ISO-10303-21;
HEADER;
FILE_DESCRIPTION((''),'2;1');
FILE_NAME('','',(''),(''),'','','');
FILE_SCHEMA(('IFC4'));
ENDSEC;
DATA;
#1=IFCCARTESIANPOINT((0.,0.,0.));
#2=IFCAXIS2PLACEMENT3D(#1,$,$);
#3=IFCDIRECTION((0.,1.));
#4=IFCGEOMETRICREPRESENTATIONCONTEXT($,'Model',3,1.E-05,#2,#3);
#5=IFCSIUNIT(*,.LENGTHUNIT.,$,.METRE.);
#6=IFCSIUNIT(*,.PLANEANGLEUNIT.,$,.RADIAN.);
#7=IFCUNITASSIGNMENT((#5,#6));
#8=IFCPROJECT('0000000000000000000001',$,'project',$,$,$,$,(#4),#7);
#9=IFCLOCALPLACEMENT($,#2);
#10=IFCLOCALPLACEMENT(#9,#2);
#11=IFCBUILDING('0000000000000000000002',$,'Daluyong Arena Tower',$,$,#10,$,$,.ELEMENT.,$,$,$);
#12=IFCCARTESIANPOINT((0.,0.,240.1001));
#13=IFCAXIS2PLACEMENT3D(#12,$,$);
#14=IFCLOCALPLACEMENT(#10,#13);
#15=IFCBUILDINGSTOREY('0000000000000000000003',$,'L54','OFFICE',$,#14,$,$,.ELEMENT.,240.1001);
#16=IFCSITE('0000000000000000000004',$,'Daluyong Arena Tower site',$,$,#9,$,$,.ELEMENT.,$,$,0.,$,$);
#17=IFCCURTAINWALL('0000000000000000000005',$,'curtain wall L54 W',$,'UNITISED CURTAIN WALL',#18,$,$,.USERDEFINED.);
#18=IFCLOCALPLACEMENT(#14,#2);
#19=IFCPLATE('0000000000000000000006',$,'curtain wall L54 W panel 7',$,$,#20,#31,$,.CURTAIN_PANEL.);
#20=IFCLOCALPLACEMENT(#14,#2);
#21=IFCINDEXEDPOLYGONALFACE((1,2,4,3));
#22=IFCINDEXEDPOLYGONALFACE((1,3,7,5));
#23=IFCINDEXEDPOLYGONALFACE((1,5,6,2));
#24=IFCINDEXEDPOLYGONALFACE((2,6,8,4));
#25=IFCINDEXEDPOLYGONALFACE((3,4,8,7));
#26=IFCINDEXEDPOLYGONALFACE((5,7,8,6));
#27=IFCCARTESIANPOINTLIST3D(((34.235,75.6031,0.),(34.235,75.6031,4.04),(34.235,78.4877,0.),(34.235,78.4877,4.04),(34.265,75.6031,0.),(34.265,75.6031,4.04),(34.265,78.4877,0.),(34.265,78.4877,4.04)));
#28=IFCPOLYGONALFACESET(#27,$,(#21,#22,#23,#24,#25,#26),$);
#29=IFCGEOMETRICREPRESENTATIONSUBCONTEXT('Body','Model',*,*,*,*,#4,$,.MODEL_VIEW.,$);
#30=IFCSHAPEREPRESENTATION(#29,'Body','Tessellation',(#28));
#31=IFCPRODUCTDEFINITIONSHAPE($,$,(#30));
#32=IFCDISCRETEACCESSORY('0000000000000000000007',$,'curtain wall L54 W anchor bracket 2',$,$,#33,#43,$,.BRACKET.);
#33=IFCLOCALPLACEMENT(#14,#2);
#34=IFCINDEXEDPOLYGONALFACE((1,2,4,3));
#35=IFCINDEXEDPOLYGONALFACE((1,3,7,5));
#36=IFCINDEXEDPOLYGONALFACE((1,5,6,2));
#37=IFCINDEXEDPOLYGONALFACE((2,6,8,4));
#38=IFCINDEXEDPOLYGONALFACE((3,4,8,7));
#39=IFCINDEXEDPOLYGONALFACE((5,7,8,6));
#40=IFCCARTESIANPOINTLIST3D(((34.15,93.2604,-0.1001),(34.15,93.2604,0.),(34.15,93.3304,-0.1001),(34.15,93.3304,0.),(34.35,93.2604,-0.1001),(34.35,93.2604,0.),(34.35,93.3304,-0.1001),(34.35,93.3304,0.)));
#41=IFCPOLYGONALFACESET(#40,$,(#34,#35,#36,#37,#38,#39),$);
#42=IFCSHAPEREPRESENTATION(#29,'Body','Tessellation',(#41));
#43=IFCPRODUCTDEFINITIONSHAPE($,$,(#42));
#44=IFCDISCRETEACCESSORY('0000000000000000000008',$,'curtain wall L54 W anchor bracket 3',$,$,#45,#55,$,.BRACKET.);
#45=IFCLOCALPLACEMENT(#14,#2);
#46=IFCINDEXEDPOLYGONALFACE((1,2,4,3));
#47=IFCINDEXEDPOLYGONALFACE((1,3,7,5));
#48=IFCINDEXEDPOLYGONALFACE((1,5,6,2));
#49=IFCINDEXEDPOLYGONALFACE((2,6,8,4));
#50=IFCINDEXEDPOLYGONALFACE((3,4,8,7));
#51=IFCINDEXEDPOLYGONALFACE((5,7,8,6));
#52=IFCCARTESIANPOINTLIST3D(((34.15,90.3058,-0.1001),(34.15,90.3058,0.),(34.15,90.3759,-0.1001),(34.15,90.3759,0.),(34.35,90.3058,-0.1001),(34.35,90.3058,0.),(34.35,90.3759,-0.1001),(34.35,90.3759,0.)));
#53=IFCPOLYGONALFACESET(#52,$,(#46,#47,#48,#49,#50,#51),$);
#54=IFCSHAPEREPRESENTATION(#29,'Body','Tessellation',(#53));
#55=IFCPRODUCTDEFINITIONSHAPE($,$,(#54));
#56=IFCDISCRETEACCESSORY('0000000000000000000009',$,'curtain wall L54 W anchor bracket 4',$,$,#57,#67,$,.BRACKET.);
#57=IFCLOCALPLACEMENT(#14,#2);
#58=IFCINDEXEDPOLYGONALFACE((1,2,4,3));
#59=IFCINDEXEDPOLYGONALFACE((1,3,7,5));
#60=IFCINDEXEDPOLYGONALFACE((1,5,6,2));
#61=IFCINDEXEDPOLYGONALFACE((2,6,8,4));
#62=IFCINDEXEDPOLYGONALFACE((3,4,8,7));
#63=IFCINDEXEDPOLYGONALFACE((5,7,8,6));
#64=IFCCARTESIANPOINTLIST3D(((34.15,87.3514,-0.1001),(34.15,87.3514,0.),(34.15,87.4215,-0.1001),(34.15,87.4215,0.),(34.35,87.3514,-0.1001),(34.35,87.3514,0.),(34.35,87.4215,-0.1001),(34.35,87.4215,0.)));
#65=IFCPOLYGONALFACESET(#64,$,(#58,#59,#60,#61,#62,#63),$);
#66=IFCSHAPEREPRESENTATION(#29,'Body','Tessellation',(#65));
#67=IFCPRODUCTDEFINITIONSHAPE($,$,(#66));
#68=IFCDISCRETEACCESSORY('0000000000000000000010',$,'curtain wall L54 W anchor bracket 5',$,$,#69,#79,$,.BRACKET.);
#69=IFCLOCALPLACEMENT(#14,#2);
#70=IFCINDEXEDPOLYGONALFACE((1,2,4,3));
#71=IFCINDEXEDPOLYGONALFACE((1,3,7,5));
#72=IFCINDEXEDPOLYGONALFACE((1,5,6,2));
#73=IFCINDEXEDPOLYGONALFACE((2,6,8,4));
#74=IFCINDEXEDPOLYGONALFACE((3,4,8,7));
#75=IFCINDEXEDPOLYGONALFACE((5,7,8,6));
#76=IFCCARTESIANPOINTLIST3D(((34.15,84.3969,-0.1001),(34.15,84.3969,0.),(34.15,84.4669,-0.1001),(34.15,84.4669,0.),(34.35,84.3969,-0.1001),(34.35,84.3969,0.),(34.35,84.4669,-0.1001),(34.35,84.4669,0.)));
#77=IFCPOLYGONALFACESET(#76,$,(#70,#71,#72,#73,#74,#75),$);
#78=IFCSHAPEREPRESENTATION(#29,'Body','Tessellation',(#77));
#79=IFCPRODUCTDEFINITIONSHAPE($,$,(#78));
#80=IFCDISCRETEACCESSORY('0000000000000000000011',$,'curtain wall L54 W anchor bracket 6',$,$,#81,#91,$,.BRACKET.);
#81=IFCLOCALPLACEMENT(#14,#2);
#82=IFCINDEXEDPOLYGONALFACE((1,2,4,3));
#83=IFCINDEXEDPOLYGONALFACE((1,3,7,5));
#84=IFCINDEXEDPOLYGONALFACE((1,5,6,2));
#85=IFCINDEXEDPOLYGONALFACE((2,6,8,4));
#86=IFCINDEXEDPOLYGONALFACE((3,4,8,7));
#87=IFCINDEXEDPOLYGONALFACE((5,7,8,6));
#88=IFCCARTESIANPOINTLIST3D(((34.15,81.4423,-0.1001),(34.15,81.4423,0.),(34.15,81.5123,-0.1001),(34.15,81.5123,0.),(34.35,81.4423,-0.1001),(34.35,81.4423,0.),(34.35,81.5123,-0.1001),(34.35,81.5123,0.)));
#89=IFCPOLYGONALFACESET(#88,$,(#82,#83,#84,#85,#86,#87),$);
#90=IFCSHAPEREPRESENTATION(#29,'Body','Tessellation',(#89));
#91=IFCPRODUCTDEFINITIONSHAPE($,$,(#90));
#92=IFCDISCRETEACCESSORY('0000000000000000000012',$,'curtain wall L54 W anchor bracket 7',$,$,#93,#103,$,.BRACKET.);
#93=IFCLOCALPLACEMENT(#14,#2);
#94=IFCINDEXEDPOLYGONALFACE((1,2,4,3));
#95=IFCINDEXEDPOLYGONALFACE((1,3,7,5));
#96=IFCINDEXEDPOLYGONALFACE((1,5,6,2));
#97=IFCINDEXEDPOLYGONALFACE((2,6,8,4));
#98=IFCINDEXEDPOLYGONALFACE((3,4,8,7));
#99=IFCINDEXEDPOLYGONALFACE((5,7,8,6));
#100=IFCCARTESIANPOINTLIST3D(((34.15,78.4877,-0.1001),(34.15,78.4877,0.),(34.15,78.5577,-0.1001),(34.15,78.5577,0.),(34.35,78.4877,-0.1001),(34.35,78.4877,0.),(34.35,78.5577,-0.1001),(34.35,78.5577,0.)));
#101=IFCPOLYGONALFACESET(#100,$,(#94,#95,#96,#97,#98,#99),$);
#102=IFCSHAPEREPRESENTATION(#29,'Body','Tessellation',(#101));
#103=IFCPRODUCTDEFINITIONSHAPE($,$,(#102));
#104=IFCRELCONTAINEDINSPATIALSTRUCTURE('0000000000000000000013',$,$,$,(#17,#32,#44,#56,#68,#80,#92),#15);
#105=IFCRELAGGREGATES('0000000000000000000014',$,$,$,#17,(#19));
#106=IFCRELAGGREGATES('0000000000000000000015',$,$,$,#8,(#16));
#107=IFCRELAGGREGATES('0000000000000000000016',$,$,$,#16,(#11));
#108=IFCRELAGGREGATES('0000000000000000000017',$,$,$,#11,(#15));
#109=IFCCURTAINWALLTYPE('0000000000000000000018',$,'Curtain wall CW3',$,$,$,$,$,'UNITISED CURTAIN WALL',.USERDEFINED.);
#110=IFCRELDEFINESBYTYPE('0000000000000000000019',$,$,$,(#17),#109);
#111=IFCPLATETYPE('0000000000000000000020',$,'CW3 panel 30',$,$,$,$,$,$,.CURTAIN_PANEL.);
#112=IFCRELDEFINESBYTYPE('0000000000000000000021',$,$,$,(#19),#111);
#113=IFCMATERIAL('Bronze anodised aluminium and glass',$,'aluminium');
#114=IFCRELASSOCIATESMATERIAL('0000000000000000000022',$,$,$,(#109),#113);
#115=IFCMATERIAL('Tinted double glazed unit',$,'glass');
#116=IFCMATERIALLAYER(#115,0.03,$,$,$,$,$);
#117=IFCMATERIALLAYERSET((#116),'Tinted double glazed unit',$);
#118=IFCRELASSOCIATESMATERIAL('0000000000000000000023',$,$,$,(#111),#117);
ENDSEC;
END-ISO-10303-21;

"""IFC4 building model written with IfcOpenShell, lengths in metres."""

from ifc_helpers import new_model, si_unit, direction, frame, origin, origin_2d, place, context, subcontext, project, spatial, rectangle, extrude, material, layer, layer_set, type_object, element, aggregate, save


model = new_model("IFC4")

# Units and contexts
model_context = context("Model", 3, precision=1e-05, world=origin(), true_north=direction((0.0, 1.0)))
body_context = subcontext(model_context, "Body", "Model", "MODEL_VIEW")
ifc_project = project(units=[si_unit("LENGTHUNIT", "METRE"), si_unit("PLANEANGLEUNIT", "RADIAN")], contexts=[model_context])

# Site, building, storey
site_placement = place(None, origin())
site = spatial("IfcSite", under=ifc_project, at=site_placement, Name="Daluyong Arena Tower site", CompositionType="ELEMENT", RefElevation=0.0)
building_placement = place(site_placement, origin())
building = spatial("IfcBuilding", under=site, at=building_placement, Name="Daluyong Arena Tower", CompositionType="ELEMENT")
storey_placement = place(building_placement, frame((0.0, 0.0, 240.1001)))
storey = spatial("IfcBuildingStorey", under=building, at=storey_placement, Name="L54", Description="OFFICE", CompositionType="ELEMENT", Elevation=240.1001)

# Curtain wall
ifc_material_1 = material(Name="Bronze anodised aluminium and glass", Category="aluminium")
curtain_wall_type = type_object("IfcCurtainWallType", Name="Curtain wall CW3", ElementType="UNITISED CURTAIN WALL", PredefinedType="USERDEFINED", material=ifc_material_1)
curtain_wall_placement = place(storey_placement, origin())
curtain_wall = element("IfcCurtainWall", 1, at=curtain_wall_placement, inside=storey, type_object=curtain_wall_type, Name="curtain wall L54 W", ObjectType="UNITISED CURTAIN WALL", PredefinedType="USERDEFINED")

# Plate
ifc_material_2 = material(Name="Tinted double glazed unit", Category="glass")
ifc_layer = layer(ifc_material_2, 0.03)
ifc_layer_set = layer_set([ifc_layer], Name="Tinted double glazed unit")
plate_type = type_object("IfcPlateType", Name="CW3 panel 30", PredefinedType="CURTAIN_PANEL", material=ifc_layer_set)
plate_1_placement = place(storey_placement, frame((34.25, 77.0454, 0.0), z_axis=(0.0, 0.0, 1.0), x_axis=(0.0, -1.0, 0.0)))
plate_1 = element("IfcPlate", 2, at=plate_1_placement, type_object=plate_type, Name="curtain wall L54 W panel 7", PredefinedType="CURTAIN_PANEL", context=body_context, shape_type="SweptSolid", body=[
    extrude(rectangle(XDim=2.8845, YDim=0.03, at=origin_2d()), origin(), (0.0, 0.0, 1.0), 4.04),
])
aggregate(curtain_wall, [plate_1])

# Discrete accessories
for number, where, z_axis, x_axis, name in (
    (3, (34.25, 93.2954, -0.1001), (0.0, 0.0, 1.0), (0.0, -1.0, 0.0), "curtain wall L54 W anchor bracket 2"),
    (4, (34.25, 90.3408, -0.1001), (0.0, 0.0, 1.0), (0.0, -1.0, 0.0), "curtain wall L54 W anchor bracket 3"),
    (5, (34.25, 87.3865, -0.1001), (0.0, 0.0, 1.0), (0.0, -1.0, 0.0), "curtain wall L54 W anchor bracket 4"),
    (6, (34.25, 84.4319, -0.1001), (0.0, 0.0, 1.0), (0.0, -1.0, 0.0), "curtain wall L54 W anchor bracket 5"),
    (7, (34.25, 81.4773, -0.1001), (0.0, 0.0, 1.0), (0.0, -1.0, 0.0), "curtain wall L54 W anchor bracket 6"),
    (8, (34.25, 78.5227, -0.1001), (0.0, 0.0, 1.0), (0.0, -1.0, 0.0), "curtain wall L54 W anchor bracket 7"),
):
    element("IfcDiscreteAccessory", number, at=place(storey_placement, frame(where, z_axis=z_axis, x_axis=x_axis)), inside=storey, Name=name, PredefinedType="BRACKET", context=body_context, shape_type="SweptSolid", body=[
        extrude(rectangle(XDim=0.0701, YDim=0.2, at=origin_2d()), origin(), (0.0, 0.0, 1.0), 0.1001),
    ])

save(model, "model.ifc")
